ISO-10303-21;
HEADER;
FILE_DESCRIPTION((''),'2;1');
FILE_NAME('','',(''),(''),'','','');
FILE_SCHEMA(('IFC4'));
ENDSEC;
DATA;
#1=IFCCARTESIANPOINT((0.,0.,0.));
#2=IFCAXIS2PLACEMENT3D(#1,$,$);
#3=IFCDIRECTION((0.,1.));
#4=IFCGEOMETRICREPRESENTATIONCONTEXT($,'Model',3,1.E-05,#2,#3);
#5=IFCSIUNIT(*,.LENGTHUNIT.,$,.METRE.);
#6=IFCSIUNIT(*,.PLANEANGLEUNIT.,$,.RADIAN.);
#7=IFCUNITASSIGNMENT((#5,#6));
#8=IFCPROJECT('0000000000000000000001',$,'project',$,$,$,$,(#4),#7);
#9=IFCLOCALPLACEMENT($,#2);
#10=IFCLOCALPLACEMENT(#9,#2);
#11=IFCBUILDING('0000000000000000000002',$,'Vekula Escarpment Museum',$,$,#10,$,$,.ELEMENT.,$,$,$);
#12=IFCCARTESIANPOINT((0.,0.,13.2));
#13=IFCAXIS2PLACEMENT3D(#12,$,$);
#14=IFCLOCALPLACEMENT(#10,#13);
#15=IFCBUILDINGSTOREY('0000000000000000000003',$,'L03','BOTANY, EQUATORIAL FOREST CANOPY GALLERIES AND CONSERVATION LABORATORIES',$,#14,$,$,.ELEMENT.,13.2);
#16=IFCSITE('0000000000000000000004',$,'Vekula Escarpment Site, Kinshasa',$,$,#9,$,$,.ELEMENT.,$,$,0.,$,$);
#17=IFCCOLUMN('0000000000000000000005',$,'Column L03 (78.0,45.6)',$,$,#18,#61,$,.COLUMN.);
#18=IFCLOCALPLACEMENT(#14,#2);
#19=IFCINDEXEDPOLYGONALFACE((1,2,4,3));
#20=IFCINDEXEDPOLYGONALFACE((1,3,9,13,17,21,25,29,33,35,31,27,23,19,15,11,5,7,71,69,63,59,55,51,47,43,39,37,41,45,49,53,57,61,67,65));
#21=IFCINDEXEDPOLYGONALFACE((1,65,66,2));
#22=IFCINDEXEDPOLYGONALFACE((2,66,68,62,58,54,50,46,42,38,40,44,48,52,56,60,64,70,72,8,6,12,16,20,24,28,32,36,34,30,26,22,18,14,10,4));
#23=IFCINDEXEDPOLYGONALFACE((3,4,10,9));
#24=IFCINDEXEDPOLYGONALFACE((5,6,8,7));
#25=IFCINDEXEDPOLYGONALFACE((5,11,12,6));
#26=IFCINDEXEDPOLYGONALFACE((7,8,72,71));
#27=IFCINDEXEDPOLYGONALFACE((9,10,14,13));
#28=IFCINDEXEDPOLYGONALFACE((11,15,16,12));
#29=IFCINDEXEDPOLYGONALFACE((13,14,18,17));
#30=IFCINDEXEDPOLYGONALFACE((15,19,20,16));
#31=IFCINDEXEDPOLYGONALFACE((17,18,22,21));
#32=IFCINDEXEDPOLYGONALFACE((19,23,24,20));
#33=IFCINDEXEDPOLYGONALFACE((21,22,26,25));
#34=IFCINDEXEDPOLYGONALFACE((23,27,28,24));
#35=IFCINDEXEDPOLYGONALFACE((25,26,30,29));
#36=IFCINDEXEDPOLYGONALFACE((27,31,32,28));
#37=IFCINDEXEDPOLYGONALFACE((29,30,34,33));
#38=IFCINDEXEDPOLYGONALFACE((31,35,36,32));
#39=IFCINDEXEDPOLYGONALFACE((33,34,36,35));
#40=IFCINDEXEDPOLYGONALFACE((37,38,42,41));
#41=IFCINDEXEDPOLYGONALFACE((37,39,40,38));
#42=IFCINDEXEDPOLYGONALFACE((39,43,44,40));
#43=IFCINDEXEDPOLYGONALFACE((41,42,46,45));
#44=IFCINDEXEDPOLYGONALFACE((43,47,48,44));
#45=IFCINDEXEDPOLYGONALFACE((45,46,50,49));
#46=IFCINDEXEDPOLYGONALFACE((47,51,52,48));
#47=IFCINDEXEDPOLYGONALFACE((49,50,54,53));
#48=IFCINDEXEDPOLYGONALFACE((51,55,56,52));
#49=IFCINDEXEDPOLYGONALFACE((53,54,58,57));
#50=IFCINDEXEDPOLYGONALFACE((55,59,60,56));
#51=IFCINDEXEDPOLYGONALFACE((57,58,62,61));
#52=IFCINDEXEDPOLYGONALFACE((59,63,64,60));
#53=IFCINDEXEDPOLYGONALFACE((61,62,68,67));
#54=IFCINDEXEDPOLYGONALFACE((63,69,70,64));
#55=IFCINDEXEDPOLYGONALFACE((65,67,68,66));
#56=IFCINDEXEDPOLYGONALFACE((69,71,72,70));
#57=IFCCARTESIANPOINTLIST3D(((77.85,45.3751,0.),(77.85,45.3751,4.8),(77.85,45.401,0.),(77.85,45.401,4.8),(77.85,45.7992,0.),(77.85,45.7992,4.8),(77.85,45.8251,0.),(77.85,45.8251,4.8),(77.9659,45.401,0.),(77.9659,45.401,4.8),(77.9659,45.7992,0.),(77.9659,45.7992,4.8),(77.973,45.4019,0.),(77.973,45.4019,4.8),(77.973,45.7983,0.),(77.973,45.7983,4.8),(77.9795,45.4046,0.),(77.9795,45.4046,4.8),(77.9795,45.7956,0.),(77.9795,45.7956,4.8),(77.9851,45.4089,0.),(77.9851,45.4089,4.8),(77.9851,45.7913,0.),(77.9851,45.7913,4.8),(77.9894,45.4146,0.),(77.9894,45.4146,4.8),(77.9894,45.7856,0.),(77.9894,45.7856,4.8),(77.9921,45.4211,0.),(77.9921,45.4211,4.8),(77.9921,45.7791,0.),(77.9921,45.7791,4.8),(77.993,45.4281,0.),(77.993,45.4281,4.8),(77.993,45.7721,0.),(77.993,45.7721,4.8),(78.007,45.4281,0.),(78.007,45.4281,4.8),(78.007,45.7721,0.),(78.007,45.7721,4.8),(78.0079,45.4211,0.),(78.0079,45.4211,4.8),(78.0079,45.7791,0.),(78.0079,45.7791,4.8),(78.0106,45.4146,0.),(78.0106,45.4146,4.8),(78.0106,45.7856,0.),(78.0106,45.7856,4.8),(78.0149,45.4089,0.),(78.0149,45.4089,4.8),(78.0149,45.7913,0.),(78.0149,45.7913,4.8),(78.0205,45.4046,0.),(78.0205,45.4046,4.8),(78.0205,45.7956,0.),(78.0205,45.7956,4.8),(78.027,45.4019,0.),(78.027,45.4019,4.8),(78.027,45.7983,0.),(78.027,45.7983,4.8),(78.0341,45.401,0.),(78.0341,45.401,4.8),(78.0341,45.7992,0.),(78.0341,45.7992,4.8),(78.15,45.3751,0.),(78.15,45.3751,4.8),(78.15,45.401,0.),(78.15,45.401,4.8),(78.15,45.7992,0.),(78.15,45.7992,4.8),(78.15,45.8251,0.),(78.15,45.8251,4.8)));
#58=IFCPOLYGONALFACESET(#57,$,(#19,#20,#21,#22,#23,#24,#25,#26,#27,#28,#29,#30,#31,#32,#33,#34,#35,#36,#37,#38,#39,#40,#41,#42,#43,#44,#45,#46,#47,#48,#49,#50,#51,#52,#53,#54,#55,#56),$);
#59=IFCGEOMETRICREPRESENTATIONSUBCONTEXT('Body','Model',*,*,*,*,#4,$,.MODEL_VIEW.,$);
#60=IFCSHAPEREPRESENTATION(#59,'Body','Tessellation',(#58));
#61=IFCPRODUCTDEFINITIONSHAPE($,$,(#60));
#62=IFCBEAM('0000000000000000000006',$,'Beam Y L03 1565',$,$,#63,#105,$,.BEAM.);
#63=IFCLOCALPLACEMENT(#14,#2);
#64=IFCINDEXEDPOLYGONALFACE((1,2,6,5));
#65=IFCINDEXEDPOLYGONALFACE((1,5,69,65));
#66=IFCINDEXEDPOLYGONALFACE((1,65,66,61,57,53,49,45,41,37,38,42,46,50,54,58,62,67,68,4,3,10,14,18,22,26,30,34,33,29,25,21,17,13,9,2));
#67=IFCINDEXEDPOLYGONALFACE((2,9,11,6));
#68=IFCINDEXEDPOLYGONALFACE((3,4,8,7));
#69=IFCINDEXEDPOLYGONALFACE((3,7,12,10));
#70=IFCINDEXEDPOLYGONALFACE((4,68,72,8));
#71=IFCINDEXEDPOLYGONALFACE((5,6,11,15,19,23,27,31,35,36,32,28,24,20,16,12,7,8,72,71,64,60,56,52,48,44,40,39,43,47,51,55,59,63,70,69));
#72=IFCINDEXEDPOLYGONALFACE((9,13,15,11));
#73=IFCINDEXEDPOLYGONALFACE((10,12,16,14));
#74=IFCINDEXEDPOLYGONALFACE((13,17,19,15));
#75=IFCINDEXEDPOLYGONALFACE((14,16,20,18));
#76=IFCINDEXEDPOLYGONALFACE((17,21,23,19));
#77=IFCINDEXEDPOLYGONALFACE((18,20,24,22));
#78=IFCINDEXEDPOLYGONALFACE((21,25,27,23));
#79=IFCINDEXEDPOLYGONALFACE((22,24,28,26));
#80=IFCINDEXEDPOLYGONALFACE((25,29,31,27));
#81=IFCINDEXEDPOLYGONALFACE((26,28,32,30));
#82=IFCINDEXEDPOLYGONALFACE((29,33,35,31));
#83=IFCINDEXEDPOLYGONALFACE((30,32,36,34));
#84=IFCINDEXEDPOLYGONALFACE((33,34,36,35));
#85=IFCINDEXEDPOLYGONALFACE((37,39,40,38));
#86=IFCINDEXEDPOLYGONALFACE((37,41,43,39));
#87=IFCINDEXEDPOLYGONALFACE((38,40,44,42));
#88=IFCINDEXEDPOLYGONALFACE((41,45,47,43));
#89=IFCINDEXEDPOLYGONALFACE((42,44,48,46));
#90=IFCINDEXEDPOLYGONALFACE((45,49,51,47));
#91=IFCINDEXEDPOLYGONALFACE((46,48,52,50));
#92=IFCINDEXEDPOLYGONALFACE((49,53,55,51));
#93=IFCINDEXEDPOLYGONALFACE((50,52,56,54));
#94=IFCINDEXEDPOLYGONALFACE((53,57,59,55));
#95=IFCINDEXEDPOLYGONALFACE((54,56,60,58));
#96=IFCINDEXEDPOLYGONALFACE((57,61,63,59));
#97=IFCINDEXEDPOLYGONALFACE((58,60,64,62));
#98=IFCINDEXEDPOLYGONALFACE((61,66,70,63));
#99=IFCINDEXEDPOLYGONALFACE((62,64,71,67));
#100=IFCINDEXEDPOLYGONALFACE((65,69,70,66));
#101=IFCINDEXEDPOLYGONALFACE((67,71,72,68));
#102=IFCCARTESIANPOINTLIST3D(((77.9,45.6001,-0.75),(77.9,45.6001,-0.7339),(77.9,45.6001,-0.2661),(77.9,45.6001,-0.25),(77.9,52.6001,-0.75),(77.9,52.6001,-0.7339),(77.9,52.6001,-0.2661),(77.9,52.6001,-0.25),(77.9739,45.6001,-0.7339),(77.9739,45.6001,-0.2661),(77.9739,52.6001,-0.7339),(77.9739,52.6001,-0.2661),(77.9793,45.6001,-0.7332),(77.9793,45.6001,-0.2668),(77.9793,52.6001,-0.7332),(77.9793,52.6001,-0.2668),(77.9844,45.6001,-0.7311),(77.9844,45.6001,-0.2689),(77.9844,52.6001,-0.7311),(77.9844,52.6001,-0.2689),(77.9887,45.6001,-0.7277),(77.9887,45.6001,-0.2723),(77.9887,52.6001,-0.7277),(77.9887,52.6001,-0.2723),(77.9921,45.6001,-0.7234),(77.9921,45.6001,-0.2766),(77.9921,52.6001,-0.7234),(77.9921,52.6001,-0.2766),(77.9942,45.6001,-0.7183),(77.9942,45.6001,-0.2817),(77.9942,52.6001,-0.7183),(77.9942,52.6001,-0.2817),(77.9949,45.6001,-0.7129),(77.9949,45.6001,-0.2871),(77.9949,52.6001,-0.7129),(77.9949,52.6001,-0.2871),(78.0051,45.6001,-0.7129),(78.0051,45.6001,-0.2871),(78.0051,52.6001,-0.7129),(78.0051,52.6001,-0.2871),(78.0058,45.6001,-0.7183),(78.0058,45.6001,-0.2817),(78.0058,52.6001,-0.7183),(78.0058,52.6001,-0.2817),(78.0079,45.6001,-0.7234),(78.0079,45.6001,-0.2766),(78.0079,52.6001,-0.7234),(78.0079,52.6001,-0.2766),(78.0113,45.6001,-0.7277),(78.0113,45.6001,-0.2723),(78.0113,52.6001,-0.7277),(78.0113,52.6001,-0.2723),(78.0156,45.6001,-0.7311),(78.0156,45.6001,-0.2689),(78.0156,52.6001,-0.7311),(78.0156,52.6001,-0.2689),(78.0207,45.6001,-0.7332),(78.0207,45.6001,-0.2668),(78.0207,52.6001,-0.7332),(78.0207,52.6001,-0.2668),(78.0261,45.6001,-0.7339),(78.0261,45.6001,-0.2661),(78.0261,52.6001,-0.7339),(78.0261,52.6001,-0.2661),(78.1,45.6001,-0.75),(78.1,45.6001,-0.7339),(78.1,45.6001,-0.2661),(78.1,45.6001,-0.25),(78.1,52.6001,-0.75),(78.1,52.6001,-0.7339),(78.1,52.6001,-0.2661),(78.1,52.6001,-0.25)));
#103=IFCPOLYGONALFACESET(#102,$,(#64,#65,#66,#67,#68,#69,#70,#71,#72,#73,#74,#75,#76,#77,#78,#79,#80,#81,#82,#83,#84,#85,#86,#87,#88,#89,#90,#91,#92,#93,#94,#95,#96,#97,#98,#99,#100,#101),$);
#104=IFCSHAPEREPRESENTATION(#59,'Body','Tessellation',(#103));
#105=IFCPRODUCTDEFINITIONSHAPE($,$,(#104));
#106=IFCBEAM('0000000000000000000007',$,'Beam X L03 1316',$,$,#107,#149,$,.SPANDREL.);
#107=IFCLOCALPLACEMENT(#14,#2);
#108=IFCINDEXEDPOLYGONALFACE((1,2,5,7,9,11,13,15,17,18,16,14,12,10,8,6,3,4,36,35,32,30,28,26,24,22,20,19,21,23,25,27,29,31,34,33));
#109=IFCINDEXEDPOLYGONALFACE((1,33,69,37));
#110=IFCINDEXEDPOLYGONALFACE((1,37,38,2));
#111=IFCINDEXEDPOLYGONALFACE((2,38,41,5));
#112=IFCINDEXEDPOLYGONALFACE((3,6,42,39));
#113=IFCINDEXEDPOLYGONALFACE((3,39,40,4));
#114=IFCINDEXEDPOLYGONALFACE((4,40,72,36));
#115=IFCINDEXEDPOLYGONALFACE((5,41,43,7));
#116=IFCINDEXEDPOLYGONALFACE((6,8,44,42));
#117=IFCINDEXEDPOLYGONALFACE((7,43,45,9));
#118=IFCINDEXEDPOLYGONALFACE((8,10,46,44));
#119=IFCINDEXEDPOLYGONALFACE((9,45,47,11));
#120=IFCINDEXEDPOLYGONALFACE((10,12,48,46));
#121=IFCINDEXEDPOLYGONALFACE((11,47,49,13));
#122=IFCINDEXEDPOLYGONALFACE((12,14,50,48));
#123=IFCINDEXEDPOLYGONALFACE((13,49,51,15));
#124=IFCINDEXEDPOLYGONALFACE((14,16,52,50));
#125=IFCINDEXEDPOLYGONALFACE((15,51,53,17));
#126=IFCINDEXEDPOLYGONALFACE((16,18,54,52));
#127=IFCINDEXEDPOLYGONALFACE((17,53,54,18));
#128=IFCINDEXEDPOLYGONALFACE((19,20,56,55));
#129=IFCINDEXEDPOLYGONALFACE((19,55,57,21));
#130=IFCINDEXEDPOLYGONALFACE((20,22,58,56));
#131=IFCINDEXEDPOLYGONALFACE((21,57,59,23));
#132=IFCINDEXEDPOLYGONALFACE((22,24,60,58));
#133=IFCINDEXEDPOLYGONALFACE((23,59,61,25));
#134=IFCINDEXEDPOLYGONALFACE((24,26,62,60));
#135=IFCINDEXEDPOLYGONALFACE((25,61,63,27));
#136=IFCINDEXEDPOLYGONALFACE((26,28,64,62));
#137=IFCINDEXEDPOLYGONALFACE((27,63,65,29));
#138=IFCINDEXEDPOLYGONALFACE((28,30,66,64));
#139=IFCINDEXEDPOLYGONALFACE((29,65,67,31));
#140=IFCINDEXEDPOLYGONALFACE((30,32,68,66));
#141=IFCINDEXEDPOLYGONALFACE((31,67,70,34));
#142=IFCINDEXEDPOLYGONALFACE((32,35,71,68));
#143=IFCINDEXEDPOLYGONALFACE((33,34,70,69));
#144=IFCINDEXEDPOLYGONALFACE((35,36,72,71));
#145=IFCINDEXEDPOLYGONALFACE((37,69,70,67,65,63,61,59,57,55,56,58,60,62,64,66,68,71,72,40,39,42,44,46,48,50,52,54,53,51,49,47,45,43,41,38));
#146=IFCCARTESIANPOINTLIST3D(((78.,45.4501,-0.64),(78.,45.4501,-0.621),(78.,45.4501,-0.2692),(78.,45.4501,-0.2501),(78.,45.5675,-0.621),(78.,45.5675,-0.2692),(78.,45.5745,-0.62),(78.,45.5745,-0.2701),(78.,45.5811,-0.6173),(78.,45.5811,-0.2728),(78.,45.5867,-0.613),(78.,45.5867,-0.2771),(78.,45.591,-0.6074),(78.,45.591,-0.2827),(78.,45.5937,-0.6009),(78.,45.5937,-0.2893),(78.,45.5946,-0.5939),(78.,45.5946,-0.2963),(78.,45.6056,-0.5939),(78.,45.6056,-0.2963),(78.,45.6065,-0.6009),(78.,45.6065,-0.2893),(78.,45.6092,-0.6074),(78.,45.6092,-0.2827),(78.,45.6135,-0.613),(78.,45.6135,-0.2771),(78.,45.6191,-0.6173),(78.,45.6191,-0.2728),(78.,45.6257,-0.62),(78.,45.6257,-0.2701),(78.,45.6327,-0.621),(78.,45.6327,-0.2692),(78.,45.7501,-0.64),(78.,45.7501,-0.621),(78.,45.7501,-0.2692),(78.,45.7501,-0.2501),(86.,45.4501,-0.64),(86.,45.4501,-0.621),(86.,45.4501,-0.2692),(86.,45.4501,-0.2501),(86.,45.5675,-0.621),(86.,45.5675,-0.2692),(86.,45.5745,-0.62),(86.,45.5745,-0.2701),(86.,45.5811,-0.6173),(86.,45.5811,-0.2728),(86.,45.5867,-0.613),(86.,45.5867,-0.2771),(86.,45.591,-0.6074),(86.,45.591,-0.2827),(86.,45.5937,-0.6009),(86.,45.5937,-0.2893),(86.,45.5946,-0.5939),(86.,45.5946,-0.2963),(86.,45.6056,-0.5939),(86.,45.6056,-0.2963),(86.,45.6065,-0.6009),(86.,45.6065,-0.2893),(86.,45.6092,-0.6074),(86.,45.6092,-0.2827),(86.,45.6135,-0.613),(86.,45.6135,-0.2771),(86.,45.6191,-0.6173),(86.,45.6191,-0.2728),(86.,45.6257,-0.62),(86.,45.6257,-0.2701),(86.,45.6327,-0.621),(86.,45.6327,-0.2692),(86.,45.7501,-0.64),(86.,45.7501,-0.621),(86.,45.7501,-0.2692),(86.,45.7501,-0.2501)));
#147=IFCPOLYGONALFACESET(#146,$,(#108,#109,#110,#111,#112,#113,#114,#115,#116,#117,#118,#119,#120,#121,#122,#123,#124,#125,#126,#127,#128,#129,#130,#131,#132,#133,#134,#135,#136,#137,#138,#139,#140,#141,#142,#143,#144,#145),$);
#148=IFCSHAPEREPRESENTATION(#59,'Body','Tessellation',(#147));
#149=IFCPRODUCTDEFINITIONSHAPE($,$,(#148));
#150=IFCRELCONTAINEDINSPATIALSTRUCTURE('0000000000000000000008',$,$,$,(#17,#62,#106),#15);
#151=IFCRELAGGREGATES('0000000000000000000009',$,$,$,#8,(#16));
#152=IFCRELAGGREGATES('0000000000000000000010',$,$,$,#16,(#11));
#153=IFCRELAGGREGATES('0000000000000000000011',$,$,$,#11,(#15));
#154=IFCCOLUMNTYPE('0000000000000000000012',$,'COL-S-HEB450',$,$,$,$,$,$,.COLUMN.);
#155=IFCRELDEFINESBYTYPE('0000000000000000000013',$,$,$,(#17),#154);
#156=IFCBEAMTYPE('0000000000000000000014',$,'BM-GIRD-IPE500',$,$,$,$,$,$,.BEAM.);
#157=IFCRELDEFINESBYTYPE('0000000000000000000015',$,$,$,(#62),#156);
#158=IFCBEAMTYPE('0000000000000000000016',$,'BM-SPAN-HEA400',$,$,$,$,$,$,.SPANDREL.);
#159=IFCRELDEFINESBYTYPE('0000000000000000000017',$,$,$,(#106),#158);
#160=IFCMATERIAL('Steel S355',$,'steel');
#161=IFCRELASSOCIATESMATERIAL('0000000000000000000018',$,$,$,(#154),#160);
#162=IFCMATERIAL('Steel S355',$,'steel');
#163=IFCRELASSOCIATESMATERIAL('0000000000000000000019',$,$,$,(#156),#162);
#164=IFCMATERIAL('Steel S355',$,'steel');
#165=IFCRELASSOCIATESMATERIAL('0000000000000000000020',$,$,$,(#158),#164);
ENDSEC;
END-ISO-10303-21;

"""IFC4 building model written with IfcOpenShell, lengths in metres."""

from ifc_helpers import new_model, si_unit, direction, frame, origin, origin_2d, place, context, subcontext, project, spatial, i_section, extrude, material, material_profile, profile_set, type_object, element, save


model = new_model("IFC4")

# Units and contexts
model_context = context("Model", 3, precision=1e-05, world=origin(), true_north=direction((0.0, 1.0)))
body_context = subcontext(model_context, "Body", "Model", "MODEL_VIEW")
ifc_project = project(units=[si_unit("LENGTHUNIT", "METRE"), si_unit("PLANEANGLEUNIT", "RADIAN")], contexts=[model_context])

# Site, building, storey
site_placement = place(None, origin())
site = spatial("IfcSite", under=ifc_project, at=site_placement, Name="Vekula Escarpment Site, Kinshasa", CompositionType="ELEMENT", RefElevation=0.0)
building_placement = place(site_placement, origin())
building = spatial("IfcBuilding", under=site, at=building_placement, Name="Vekula Escarpment Museum", CompositionType="ELEMENT")
storey_placement = place(building_placement, frame((0.0, 0.0, 13.2)))
storey = spatial("IfcBuildingStorey", under=building, at=storey_placement, Name="L03", Description="BOTANY, EQUATORIAL FOREST CANOPY GALLERIES AND CONSERVATION LABORATORIES", CompositionType="ELEMENT", Elevation=13.2)

# Column
ifc_material_1 = material(Name="Steel S355", Category="steel")
ifc_material_profile_1 = material_profile(ifc_material_1, i_section(OverallWidth=0.3, OverallDepth=0.45, WebThickness=0.0139, FlangeThickness=0.0259, FilletRadius=0.0271, at=origin_2d()), Name="HEB 450")
ifc_profile_set_1 = profile_set([ifc_material_profile_1], Name="Steel S355")
column_type = type_object("IfcColumnType", Name="COL-S-HEB450", PredefinedType="COLUMN", material=ifc_profile_set_1)
column_placement = place(storey_placement, frame((78.0, 45.6001, 0.0), z_axis=(0.0, 0.0, 1.0), x_axis=(1.0, 0.0, 0.0)))
element("IfcColumn", 1, at=column_placement, inside=storey, type_object=column_type, Name="Column L03 (78.0,45.6)", PredefinedType="COLUMN", context=body_context, shape_type="SweptSolid", body=[
    extrude(i_section(OverallWidth=0.3, OverallDepth=0.45, WebThickness=0.0139, FlangeThickness=0.0259, FilletRadius=0.0271, at=origin_2d()), origin(), (0.0, 0.0, 1.0), 4.8),
])

# Beams
ifc_material_2 = material(Name="Steel S355", Category="steel")
ifc_material_profile_2 = material_profile(ifc_material_2, i_section(OverallWidth=0.2, OverallDepth=0.5, WebThickness=0.0103, FlangeThickness=0.0161, FilletRadius=0.021, at=origin_2d()), Name="IPE 500")
ifc_profile_set_2 = profile_set([ifc_material_profile_2], Name="Steel S355")
beam_type_1 = type_object("IfcBeamType", Name="BM-GIRD-IPE500", PredefinedType="BEAM", material=ifc_profile_set_2)
beam_1_placement = place(storey_placement, frame((78.0, 45.6001, -0.5), z_axis=(0.0, 1.0, 0.0), x_axis=(-1.0, 0.0, 0.0)))
element("IfcBeam", 2, at=beam_1_placement, inside=storey, type_object=beam_type_1, Name="Beam Y L03 1565", PredefinedType="BEAM", context=body_context, shape_type="SweptSolid", body=[
    extrude(i_section(OverallWidth=0.2, OverallDepth=0.5, WebThickness=0.0103, FlangeThickness=0.0161, FilletRadius=0.021, at=origin_2d()), origin(), (0.0, 0.0, 1.0), 7.0),
])
ifc_material_3 = material(Name="Steel S355", Category="steel")
ifc_material_profile_3 = material_profile(ifc_material_3, i_section(OverallWidth=0.3, OverallDepth=0.3899, WebThickness=0.011, FlangeThickness=0.019, FilletRadius=0.0271, at=origin_2d()), Name="HEA 400")
ifc_profile_set_3 = profile_set([ifc_material_profile_3], Name="Steel S355")
beam_type_2 = type_object("IfcBeamType", Name="BM-SPAN-HEA400", PredefinedType="SPANDREL", material=ifc_profile_set_3)
beam_2_placement = place(storey_placement, frame((78.0, 45.6001, -0.4451), z_axis=(1.0, 0.0, 0.0), x_axis=(0.0, 1.0, 0.0)))
element("IfcBeam", 3, at=beam_2_placement, inside=storey, type_object=beam_type_2, Name="Beam X L03 1316", PredefinedType="SPANDREL", context=body_context, shape_type="SweptSolid", body=[
    extrude(i_section(OverallWidth=0.3, OverallDepth=0.3899, WebThickness=0.011, FlangeThickness=0.019, FilletRadius=0.0271, at=origin_2d()), origin(), (0.0, 0.0, 1.0), 8.0),
])

save(model, "model.ifc")
